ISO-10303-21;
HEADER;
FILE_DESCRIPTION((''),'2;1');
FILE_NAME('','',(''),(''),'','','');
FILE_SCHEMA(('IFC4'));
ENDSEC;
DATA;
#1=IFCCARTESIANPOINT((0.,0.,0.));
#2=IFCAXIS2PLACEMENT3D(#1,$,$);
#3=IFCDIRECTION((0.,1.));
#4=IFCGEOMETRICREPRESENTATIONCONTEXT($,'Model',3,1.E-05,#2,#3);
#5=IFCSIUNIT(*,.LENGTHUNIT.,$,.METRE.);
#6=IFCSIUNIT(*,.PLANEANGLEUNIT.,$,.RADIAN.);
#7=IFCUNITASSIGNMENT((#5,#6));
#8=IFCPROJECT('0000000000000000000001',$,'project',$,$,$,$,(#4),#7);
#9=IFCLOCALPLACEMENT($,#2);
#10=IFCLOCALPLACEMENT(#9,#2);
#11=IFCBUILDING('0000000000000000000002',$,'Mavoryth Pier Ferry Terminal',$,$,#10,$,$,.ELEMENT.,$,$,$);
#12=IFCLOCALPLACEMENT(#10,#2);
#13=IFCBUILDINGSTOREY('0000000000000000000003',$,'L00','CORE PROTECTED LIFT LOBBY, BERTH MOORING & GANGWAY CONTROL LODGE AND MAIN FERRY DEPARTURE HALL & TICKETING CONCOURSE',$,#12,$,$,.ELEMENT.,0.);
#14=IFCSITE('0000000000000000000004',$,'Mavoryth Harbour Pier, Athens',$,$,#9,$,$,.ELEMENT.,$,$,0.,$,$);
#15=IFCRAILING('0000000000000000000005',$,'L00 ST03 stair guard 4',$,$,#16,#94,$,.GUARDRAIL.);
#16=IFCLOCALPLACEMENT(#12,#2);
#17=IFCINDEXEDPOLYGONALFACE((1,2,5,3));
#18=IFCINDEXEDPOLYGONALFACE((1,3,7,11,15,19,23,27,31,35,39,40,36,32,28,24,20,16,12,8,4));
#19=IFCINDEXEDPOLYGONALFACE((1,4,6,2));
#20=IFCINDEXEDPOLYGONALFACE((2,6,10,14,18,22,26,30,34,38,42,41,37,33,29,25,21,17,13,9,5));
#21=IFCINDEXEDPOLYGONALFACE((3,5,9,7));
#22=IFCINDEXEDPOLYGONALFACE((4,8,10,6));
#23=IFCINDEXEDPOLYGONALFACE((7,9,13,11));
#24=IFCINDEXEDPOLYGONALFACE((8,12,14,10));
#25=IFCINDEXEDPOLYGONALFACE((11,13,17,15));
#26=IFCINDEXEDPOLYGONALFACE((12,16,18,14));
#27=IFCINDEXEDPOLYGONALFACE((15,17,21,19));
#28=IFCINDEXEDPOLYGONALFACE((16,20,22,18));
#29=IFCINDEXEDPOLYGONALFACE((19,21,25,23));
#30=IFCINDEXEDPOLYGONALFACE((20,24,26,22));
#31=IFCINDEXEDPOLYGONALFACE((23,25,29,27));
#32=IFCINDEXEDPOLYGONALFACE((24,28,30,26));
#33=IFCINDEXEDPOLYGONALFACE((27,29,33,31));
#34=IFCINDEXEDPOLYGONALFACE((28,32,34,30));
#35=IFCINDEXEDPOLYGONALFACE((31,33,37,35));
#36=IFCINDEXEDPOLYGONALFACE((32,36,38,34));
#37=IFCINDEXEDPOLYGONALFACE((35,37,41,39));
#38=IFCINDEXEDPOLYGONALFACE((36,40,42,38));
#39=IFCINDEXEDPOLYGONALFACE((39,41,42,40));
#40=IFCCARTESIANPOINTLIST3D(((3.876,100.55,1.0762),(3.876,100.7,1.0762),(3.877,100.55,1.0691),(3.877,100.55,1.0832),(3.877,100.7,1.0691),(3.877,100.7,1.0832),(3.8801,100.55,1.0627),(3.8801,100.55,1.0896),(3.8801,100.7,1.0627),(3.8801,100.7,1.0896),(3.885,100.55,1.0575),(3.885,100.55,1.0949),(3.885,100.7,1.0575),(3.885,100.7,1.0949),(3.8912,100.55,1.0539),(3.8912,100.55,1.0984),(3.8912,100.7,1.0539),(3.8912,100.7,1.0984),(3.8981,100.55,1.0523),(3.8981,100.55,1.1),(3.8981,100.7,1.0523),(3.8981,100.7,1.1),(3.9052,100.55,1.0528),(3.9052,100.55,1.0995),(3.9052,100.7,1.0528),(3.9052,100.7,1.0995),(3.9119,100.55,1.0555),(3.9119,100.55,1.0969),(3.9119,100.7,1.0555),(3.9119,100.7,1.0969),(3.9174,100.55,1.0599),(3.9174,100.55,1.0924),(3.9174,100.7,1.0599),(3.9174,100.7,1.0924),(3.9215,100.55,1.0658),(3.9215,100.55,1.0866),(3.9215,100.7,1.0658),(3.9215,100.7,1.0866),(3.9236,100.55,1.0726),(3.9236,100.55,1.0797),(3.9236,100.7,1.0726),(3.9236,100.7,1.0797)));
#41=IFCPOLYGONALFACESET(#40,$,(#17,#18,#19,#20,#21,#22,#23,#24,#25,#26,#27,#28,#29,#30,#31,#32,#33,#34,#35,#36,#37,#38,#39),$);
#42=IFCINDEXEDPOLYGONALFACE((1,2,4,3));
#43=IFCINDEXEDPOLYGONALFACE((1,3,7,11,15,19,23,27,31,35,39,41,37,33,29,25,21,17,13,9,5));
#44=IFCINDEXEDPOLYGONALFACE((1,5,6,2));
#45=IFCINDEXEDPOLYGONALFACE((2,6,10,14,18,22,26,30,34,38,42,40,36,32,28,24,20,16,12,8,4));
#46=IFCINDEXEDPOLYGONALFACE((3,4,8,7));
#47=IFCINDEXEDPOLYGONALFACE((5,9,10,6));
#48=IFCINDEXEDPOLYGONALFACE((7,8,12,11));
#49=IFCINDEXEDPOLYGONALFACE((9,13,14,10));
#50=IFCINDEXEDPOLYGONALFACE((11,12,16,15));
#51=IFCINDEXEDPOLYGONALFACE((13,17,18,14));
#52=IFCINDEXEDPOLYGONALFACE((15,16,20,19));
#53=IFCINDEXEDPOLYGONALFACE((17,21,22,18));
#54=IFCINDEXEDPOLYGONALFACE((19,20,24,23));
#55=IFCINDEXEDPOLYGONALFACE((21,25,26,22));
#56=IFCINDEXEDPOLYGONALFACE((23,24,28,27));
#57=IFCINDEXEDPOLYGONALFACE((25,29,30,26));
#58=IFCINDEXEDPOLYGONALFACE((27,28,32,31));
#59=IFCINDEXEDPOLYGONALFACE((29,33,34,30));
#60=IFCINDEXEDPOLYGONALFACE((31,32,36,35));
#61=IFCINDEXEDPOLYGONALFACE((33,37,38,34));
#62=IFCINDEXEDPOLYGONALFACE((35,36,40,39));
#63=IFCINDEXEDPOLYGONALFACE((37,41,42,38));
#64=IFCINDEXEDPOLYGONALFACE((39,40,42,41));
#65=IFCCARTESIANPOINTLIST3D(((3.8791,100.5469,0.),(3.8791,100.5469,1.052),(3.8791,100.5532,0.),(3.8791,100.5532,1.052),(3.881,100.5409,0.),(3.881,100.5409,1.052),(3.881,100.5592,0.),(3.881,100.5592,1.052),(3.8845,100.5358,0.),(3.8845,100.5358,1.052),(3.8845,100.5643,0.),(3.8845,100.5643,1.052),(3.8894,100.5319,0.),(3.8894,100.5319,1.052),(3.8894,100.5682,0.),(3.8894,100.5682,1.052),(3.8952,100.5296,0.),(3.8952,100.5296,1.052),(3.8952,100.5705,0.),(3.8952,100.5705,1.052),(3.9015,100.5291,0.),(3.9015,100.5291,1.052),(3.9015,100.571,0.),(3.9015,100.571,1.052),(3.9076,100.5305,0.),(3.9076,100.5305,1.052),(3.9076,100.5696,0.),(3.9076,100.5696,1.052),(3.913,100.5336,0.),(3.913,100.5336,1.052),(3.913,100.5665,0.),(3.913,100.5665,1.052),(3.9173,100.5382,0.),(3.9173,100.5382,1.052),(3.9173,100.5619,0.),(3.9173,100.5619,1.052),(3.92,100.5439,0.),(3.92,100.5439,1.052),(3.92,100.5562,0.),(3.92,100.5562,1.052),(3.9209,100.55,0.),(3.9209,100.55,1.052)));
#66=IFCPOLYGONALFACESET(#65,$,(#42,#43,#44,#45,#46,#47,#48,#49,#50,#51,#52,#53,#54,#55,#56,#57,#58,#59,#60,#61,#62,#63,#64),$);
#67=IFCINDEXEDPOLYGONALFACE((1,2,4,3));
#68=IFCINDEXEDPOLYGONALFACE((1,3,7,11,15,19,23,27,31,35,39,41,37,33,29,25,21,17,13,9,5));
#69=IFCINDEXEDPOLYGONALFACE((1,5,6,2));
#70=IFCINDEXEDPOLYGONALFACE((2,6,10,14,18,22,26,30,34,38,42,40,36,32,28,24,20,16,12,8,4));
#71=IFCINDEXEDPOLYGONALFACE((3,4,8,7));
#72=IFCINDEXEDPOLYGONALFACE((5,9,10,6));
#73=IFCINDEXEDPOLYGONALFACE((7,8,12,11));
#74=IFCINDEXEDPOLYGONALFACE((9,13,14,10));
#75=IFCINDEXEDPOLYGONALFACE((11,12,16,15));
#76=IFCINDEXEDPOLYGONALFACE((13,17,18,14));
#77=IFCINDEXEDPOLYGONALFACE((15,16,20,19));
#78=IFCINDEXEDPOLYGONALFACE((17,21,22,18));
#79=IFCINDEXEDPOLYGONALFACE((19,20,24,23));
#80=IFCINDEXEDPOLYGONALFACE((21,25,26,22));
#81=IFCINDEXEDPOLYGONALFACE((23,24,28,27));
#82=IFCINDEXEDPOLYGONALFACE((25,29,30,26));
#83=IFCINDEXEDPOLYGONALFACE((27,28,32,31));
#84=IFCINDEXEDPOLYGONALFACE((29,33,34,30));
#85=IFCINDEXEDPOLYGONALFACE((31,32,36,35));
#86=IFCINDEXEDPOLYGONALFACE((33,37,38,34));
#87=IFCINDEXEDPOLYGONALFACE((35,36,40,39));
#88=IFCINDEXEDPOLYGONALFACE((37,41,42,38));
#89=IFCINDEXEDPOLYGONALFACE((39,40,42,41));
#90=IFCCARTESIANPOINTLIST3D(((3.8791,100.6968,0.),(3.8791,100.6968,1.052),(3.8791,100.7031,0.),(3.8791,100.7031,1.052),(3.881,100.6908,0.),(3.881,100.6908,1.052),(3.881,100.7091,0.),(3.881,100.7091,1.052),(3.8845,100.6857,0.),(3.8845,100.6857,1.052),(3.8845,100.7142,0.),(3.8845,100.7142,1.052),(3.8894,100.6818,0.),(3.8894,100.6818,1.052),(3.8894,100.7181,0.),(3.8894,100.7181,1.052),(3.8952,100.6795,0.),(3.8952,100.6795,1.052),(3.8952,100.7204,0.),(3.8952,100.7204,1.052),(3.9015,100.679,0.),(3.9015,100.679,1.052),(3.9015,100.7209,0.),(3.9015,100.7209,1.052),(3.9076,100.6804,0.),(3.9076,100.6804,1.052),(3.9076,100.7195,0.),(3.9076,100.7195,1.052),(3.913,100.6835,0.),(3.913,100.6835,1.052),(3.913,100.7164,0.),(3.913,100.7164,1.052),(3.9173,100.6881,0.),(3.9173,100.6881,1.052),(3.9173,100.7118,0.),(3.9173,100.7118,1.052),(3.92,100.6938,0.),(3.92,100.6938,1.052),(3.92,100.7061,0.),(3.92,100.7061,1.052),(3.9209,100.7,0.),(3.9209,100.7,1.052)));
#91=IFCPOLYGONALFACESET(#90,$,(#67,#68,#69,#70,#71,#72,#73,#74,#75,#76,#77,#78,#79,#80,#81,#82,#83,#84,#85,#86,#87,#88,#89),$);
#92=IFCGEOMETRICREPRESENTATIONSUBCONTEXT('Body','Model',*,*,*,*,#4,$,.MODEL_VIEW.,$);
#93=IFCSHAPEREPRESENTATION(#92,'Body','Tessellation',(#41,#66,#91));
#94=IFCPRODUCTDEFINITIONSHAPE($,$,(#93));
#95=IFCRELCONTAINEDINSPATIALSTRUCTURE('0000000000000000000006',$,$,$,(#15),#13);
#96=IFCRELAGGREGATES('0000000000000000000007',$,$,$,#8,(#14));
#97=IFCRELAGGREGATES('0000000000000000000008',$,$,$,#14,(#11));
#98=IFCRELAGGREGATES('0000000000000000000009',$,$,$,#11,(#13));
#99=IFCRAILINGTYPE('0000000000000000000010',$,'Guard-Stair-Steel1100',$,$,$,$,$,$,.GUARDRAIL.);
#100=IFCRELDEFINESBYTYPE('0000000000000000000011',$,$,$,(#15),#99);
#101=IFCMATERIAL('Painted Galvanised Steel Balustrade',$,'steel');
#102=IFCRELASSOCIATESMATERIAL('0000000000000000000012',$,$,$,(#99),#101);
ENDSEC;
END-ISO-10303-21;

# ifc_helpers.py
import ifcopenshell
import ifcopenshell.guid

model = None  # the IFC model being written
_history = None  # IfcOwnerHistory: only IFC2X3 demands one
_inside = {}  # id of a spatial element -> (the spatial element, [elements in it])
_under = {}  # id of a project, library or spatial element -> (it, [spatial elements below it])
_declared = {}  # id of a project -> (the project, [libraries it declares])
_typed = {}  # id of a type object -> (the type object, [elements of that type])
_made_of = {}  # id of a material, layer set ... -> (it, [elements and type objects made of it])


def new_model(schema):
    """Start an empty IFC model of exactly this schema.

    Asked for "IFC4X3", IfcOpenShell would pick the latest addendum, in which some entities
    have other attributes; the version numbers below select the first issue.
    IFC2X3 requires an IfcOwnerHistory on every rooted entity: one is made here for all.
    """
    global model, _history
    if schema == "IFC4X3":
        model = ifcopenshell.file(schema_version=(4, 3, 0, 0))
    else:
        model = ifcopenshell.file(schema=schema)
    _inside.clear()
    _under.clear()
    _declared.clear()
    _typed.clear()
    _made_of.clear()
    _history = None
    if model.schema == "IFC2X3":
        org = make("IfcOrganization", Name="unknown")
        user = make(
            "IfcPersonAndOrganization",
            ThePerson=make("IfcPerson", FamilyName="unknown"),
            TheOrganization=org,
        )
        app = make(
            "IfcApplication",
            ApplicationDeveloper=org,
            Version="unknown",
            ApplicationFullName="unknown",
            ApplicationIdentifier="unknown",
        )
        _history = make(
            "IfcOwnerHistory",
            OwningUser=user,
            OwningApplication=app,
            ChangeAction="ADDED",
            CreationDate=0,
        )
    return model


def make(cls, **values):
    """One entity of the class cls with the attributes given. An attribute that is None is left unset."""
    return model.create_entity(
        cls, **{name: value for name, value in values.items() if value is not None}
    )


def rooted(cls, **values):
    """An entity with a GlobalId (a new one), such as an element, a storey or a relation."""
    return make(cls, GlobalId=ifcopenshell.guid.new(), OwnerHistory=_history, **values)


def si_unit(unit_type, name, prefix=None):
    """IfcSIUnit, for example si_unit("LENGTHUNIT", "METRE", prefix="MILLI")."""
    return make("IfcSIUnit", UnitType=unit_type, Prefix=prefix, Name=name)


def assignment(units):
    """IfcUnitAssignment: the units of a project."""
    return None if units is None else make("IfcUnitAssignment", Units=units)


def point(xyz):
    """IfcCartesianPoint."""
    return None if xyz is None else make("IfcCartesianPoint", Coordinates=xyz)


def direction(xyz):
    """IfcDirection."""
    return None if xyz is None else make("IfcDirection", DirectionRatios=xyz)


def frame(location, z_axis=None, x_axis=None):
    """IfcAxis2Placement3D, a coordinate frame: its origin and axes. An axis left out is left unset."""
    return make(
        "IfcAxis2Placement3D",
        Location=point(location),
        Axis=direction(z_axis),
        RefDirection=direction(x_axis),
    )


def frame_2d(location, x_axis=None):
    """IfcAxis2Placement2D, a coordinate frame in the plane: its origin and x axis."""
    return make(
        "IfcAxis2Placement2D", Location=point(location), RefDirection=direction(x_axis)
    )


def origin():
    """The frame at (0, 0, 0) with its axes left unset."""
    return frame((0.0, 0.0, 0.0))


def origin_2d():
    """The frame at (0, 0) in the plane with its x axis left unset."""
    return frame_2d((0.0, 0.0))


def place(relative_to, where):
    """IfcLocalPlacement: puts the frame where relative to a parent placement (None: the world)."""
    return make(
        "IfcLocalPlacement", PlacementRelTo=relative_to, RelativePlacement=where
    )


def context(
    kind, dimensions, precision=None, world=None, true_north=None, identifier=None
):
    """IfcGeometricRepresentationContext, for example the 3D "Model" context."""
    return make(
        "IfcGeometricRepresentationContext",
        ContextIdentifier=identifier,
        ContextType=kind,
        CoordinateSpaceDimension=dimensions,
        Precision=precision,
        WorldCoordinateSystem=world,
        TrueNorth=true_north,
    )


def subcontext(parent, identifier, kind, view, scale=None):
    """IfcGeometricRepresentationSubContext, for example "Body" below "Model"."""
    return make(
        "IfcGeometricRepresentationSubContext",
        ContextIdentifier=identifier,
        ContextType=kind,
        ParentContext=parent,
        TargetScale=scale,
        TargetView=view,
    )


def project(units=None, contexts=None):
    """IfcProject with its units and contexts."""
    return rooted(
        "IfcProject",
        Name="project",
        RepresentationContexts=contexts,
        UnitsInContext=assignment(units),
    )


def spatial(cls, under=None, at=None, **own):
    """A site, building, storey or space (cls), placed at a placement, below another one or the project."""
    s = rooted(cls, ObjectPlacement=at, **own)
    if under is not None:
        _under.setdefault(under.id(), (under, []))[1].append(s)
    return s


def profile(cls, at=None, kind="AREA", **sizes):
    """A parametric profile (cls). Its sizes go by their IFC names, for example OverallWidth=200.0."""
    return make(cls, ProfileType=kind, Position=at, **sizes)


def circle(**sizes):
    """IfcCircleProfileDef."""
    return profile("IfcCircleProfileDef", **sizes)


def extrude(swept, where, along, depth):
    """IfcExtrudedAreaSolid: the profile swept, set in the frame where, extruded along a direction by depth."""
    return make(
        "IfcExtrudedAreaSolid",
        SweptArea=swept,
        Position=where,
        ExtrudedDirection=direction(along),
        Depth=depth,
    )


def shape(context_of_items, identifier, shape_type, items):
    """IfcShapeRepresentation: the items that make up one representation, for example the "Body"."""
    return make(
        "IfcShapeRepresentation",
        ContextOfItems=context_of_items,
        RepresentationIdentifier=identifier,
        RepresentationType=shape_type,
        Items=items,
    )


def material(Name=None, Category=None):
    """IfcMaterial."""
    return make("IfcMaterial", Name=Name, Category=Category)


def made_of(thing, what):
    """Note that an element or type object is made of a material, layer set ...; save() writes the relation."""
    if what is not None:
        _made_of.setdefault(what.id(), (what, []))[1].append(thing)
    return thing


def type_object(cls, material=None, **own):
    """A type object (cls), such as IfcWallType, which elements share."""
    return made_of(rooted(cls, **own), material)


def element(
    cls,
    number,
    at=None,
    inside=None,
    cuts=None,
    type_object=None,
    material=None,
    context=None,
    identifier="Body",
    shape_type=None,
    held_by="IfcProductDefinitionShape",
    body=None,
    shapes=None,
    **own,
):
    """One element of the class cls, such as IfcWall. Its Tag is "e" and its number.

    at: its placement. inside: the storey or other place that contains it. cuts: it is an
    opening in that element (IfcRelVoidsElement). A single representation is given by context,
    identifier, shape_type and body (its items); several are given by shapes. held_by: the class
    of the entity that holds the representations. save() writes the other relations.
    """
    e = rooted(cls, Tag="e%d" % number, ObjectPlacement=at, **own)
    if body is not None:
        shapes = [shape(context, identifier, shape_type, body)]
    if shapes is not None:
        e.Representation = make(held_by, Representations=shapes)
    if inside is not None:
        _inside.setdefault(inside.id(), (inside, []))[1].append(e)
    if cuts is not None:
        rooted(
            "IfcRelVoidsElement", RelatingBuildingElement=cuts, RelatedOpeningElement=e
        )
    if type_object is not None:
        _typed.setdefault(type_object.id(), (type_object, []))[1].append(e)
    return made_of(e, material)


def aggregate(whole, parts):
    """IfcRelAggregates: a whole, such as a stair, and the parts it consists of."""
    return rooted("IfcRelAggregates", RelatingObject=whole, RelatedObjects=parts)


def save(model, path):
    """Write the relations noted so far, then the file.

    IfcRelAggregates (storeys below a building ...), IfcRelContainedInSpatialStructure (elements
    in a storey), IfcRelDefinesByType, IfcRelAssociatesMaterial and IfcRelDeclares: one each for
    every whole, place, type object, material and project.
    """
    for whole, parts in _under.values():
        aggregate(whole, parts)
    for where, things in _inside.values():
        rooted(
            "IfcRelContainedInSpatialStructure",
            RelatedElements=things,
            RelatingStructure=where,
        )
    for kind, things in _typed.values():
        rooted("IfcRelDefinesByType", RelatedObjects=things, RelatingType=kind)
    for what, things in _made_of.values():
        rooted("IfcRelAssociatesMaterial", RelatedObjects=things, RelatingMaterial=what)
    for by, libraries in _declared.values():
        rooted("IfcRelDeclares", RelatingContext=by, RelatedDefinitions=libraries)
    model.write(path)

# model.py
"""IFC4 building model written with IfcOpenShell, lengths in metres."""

from ifc_helpers import new_model, si_unit, direction, frame, origin, origin_2d, place, context, subcontext, project, spatial, circle, extrude, material, type_object, element, save


model = new_model("IFC4")

# Units and contexts
model_context = context("Model", 3, precision=1e-05, world=origin(), true_north=direction((0.0, 1.0)))
body_context = subcontext(model_context, "Body", "Model", "MODEL_VIEW")
ifc_project = project(units=[si_unit("LENGTHUNIT", "METRE"), si_unit("PLANEANGLEUNIT", "RADIAN")], contexts=[model_context])

# Site, building, storey
site_placement = place(None, origin())
site = spatial("IfcSite", under=ifc_project, at=site_placement, Name="Mavoryth Harbour Pier, Athens", CompositionType="ELEMENT", RefElevation=0.0)
building_placement = place(site_placement, origin())
building = spatial("IfcBuilding", under=site, at=building_placement, Name="Mavoryth Pier Ferry Terminal", CompositionType="ELEMENT")
storey_placement = place(building_placement, origin())
storey = spatial("IfcBuildingStorey", under=building, at=storey_placement, Name="L00", Description="CORE PROTECTED LIFT LOBBY, BERTH MOORING & GANGWAY CONTROL LODGE AND MAIN FERRY DEPARTURE HALL & TICKETING CONCOURSE", CompositionType="ELEMENT", Elevation=0.0)

# Railing
ifc_material_1 = material(Name="Painted Galvanised Steel Balustrade", Category="steel")
railing_type = type_object("IfcRailingType", Name="Guard-Stair-Steel1100", PredefinedType="GUARDRAIL", material=ifc_material_1)
railing_1_placement = place(storey_placement, frame((3.8999, 100.55, 0.0)))
element("IfcRailing", 1, at=railing_1_placement, inside=storey, type_object=railing_type, Name="L00 ST03 stair guard 4", PredefinedType="GUARDRAIL", context=body_context, shape_type="SweptSolid", body=[
    extrude(circle(Radius=0.0239, at=origin_2d()), frame((0.0, 0.0, 1.0762), z_axis=(0.0, 1.0, 0.0), x_axis=(-1.0, 0.0, 0.0)), (0.0, 0.0, 1.0), 0.1499),
    extrude(circle(Radius=0.021, at=origin_2d()), origin(), (0.0, 0.0, 1.0), 1.052),
    extrude(circle(Radius=0.021, at=origin_2d()), frame((0.0, 0.1499, 0.0)), (0.0, 0.0, 1.0), 1.052),
])

save(model, "model.ifc")
